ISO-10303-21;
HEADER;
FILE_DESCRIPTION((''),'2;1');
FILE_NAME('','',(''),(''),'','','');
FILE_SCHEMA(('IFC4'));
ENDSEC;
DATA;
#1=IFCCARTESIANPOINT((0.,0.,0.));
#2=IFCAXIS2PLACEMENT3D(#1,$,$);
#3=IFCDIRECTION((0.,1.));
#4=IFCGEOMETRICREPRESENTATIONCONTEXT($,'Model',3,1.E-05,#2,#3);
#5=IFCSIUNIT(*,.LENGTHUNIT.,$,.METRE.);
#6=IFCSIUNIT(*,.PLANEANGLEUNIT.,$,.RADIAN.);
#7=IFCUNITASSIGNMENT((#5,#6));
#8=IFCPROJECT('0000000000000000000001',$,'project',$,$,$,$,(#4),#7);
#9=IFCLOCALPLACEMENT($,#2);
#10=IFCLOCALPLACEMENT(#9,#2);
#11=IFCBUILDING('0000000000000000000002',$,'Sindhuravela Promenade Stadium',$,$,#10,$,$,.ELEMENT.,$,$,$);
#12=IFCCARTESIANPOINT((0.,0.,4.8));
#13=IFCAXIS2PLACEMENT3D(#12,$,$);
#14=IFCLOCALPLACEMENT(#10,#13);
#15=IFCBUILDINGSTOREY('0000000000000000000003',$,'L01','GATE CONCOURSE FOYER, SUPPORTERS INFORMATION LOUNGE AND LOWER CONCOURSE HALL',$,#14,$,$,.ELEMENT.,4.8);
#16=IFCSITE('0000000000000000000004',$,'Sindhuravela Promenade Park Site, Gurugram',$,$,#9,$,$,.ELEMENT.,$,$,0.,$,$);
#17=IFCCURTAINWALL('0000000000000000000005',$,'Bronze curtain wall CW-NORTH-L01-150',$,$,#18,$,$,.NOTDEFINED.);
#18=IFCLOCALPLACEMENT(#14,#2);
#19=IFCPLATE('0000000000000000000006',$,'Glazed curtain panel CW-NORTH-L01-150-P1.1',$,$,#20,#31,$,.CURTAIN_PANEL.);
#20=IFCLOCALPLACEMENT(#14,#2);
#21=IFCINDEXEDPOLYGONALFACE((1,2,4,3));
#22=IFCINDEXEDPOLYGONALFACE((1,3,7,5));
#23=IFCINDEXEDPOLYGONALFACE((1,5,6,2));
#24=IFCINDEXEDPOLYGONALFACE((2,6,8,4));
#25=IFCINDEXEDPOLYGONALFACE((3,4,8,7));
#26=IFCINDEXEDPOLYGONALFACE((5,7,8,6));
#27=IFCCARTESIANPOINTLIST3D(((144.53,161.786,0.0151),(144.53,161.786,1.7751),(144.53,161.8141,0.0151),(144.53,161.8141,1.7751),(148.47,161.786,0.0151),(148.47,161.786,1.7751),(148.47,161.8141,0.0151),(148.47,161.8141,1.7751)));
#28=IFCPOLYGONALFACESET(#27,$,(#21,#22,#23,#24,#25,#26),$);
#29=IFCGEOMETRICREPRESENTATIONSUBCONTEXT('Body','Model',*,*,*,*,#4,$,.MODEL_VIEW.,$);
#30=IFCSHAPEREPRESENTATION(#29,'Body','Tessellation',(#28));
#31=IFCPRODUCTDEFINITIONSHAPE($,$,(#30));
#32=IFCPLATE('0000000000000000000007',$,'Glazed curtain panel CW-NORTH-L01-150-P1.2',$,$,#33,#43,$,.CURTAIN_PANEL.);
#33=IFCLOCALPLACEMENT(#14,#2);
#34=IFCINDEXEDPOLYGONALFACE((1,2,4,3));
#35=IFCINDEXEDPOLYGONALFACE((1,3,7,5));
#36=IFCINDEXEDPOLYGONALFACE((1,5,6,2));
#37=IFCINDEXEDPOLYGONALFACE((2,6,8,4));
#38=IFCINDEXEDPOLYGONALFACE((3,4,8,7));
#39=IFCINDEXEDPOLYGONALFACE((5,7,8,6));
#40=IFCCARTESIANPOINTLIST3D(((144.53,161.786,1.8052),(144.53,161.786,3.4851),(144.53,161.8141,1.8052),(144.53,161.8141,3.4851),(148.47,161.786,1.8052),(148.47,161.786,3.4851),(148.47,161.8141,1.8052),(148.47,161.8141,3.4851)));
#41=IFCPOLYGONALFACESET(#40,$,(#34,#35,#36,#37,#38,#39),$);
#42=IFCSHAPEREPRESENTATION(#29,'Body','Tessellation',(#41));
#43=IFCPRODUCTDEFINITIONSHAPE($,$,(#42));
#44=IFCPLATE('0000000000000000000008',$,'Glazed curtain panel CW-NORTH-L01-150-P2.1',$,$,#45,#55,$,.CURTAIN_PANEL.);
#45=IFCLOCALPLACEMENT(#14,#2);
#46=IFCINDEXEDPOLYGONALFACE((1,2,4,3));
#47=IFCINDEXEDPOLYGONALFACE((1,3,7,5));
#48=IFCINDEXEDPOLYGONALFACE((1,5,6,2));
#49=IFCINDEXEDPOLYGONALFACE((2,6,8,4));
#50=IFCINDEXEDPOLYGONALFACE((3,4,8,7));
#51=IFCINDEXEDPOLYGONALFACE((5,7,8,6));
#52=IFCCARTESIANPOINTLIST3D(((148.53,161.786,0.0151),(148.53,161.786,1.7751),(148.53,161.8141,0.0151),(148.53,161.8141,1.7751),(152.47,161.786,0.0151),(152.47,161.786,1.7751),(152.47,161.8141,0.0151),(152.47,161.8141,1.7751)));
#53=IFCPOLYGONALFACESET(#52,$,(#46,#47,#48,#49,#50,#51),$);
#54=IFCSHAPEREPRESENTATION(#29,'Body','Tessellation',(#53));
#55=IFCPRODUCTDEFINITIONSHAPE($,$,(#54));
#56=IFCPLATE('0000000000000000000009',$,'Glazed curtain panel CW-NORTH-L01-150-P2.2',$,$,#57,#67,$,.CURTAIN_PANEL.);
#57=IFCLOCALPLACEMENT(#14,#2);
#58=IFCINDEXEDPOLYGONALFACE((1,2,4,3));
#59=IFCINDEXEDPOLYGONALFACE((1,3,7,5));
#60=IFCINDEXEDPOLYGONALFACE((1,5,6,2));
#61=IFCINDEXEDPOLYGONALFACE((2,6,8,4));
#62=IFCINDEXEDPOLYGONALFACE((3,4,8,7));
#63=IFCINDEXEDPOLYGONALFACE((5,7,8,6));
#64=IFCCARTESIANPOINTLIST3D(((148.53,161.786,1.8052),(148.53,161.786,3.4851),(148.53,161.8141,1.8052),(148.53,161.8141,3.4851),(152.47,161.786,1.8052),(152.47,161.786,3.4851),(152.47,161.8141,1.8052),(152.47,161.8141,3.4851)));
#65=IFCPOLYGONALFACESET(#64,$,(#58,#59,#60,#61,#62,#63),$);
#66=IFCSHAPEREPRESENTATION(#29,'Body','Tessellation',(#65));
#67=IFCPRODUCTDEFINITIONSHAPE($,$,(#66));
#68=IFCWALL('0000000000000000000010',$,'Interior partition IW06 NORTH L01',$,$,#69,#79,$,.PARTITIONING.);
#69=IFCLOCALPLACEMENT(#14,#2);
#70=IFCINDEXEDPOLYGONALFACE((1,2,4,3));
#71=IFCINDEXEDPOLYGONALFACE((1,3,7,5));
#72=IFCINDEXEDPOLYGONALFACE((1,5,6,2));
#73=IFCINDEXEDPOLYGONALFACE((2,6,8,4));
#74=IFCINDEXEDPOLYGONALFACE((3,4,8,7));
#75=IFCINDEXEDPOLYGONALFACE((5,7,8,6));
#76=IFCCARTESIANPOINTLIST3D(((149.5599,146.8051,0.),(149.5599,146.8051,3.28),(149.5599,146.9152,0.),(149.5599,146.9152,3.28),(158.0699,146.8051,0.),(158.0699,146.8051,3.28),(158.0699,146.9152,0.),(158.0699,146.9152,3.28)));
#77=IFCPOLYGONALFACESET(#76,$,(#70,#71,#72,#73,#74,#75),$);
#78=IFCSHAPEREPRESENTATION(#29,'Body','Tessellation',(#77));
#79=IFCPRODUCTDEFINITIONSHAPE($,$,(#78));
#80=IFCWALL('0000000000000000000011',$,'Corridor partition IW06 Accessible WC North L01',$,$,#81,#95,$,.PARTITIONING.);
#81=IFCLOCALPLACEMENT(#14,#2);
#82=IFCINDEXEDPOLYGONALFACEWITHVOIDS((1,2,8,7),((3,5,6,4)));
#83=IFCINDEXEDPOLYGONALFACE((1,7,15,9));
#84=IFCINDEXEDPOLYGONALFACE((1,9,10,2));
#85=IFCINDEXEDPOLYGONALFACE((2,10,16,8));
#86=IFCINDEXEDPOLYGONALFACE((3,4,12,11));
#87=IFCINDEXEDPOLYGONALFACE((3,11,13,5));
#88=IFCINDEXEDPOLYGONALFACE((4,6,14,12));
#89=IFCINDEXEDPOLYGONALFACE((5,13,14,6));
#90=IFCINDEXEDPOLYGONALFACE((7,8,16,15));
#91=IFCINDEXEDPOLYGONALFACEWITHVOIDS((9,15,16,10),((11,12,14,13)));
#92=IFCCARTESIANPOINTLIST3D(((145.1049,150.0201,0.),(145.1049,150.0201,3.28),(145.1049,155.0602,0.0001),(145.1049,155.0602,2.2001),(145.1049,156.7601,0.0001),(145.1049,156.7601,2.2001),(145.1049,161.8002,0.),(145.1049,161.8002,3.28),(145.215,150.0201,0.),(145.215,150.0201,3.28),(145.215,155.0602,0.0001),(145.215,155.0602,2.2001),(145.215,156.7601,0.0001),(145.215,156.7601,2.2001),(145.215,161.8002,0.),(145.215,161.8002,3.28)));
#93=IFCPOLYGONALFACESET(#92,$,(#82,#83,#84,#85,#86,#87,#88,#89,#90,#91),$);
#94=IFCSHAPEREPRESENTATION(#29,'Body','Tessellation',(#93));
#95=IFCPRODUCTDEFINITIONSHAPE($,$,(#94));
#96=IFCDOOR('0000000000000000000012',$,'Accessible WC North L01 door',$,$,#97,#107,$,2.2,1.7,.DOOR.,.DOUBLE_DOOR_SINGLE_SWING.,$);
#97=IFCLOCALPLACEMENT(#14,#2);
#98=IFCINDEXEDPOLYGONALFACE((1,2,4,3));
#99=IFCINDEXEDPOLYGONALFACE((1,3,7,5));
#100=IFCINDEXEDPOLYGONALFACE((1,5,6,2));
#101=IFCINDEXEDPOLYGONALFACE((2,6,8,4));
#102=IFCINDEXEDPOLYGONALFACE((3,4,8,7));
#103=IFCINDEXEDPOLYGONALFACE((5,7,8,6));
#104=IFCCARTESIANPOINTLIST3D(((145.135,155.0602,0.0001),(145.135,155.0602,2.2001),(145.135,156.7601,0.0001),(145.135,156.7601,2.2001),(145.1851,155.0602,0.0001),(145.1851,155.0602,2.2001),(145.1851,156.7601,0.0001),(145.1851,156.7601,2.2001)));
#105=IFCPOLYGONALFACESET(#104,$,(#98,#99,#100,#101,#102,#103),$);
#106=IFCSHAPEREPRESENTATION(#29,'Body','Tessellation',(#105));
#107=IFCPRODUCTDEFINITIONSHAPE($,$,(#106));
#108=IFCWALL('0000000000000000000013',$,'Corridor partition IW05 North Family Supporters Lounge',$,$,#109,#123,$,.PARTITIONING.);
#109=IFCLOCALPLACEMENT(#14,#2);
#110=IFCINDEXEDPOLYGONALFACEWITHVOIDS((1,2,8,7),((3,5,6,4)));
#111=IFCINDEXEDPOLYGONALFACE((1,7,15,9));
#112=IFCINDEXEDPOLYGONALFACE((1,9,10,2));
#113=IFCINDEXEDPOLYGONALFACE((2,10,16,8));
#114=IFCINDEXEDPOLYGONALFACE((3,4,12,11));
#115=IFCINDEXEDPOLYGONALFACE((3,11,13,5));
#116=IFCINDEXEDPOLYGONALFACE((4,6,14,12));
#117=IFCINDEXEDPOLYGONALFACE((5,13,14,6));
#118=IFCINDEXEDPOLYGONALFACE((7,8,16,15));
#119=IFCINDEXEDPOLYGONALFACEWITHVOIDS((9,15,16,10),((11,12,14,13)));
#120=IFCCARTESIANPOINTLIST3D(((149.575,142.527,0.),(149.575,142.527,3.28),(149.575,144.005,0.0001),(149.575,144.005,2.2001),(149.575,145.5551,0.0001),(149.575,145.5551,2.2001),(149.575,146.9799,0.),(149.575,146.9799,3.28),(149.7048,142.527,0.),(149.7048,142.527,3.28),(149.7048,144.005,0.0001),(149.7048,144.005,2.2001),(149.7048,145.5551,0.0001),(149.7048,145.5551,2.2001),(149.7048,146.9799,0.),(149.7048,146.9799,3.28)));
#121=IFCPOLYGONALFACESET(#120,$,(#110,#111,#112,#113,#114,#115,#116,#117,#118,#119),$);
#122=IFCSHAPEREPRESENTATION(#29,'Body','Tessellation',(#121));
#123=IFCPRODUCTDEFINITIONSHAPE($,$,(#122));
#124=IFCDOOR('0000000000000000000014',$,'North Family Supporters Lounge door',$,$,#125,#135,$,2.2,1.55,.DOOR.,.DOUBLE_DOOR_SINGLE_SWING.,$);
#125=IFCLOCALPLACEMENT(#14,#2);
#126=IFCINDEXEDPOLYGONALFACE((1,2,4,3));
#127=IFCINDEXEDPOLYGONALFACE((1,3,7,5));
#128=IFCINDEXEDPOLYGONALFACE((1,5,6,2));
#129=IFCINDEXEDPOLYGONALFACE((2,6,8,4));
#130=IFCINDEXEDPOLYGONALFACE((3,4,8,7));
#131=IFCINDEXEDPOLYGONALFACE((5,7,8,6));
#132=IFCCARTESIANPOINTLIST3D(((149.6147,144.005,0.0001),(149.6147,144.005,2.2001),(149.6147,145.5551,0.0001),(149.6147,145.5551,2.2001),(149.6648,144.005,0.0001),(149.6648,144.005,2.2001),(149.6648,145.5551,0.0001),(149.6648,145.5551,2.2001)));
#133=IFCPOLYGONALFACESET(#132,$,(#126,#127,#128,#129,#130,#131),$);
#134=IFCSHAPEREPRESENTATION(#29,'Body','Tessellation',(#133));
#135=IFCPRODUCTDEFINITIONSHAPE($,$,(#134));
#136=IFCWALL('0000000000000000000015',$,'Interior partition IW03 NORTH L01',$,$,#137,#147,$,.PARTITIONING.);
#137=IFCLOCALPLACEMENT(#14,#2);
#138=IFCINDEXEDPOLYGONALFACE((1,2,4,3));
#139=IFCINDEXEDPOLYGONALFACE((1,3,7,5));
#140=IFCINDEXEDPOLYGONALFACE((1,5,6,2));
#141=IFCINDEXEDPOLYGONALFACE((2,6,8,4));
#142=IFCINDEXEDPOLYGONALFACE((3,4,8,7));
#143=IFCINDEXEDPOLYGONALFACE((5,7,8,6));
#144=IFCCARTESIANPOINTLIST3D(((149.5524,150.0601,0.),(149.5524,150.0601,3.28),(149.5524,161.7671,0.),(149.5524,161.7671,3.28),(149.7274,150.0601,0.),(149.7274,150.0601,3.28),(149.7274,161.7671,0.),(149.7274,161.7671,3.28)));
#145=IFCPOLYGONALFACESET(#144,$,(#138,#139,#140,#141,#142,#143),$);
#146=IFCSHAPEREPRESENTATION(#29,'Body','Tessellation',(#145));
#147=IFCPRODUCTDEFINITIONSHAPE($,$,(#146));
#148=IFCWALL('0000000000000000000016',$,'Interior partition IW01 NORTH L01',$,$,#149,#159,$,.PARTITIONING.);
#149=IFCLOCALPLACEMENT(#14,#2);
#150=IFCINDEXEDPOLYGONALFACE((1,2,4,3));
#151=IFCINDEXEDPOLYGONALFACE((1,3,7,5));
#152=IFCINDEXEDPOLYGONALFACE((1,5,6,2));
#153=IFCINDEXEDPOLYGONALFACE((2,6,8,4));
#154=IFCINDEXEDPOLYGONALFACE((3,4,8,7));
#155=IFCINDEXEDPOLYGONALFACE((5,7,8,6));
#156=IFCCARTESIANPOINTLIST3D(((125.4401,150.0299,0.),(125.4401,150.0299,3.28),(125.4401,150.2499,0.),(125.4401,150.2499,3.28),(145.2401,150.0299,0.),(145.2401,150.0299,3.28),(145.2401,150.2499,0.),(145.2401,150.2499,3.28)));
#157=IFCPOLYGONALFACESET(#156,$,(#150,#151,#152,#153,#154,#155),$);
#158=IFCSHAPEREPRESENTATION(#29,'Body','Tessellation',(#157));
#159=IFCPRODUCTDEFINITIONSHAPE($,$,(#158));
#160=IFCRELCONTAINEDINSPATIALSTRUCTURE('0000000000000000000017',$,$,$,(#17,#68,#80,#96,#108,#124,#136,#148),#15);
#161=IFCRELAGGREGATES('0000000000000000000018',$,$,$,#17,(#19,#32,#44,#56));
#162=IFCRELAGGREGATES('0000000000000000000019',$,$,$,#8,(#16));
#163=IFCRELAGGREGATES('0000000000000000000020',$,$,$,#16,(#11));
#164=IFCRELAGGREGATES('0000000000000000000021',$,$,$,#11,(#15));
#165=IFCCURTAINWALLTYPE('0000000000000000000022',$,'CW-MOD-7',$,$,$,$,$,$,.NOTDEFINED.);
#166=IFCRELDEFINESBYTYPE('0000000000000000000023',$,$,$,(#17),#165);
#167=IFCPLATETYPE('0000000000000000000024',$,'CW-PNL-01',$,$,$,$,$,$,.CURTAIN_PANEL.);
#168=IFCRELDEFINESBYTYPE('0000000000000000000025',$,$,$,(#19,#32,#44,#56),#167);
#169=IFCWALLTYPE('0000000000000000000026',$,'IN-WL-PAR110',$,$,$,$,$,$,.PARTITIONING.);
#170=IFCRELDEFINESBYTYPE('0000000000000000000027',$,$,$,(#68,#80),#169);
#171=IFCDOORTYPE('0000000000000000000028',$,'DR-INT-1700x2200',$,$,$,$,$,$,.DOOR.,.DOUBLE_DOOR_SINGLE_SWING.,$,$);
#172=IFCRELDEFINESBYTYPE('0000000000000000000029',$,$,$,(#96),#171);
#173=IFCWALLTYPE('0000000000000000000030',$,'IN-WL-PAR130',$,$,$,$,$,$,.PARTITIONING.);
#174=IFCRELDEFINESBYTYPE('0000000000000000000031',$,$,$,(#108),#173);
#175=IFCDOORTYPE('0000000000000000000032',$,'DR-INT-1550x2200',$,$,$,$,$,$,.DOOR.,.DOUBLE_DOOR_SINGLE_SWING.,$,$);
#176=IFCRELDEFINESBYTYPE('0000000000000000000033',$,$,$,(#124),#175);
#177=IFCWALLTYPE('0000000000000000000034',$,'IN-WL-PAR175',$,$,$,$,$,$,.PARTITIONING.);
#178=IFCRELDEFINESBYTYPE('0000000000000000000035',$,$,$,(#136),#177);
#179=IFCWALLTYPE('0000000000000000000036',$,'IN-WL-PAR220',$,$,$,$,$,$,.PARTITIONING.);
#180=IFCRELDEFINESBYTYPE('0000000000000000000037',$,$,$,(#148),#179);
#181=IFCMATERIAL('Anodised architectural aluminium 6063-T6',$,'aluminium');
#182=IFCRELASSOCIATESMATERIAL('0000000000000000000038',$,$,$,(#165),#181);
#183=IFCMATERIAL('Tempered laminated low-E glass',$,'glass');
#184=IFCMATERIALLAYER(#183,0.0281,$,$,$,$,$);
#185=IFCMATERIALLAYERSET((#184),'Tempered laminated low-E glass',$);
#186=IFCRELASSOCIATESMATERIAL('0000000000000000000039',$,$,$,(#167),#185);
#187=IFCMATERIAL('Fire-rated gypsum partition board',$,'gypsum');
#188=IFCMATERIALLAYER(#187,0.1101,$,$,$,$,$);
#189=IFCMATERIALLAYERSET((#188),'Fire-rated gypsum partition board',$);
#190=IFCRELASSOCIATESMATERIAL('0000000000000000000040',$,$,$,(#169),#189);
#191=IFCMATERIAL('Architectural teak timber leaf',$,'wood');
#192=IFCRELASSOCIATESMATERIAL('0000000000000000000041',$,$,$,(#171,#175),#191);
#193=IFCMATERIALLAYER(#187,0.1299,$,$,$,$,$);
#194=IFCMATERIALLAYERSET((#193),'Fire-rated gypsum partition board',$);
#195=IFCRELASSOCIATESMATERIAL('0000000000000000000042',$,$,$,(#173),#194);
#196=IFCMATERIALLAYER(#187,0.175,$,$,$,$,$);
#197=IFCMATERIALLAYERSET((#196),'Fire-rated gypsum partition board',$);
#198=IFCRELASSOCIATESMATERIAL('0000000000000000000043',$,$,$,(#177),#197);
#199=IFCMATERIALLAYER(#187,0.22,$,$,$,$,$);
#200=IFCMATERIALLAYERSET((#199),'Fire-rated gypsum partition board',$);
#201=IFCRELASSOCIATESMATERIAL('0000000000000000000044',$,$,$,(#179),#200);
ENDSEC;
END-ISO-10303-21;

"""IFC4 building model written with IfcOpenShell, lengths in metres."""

from ifc_helpers import new_model, si_unit, direction, frame, frame_2d, origin, origin_2d, place, context, subcontext, project, spatial, rectangle, extrude, material, layer, layer_set, type_object, element, fill, aggregate, save


model = new_model("IFC4")

# Units and contexts
model_context = context("Model", 3, precision=1e-05, world=origin(), true_north=direction((0.0, 1.0)))
body_context = subcontext(model_context, "Body", "Model", "MODEL_VIEW")
ifc_project = project(units=[si_unit("LENGTHUNIT", "METRE"), si_unit("PLANEANGLEUNIT", "RADIAN")], contexts=[model_context])

# Site, building, storey
site_placement = place(None, origin())
site = spatial("IfcSite", under=ifc_project, at=site_placement, Name="Sindhuravela Promenade Park Site, Gurugram", CompositionType="ELEMENT", RefElevation=0.0)
building_placement = place(site_placement, origin())
building = spatial("IfcBuilding", under=site, at=building_placement, Name="Sindhuravela Promenade Stadium", CompositionType="ELEMENT")
storey_placement = place(building_placement, frame((0.0, 0.0, 4.8)))
storey = spatial("IfcBuildingStorey", under=building, at=storey_placement, Name="L01", Description="GATE CONCOURSE FOYER, SUPPORTERS INFORMATION LOUNGE AND LOWER CONCOURSE HALL", CompositionType="ELEMENT", Elevation=4.8)

# Curtain wall
ifc_material_1 = material(Name="Anodised architectural aluminium 6063-T6", Category="aluminium")
curtain_wall_type_1 = type_object("IfcCurtainWallType", Name="CW-MOD-7", PredefinedType="NOTDEFINED", material=ifc_material_1)
curtain_wall_1_placement = place(storey_placement, origin())
curtain_wall_1 = element("IfcCurtainWall", 1, at=curtain_wall_1_placement, inside=storey, type_object=curtain_wall_type_1, Name="Bronze curtain wall CW-NORTH-L01-150", PredefinedType="NOTDEFINED")

# Plates
ifc_material_2 = material(Name="Tempered laminated low-E glass", Category="glass")
ifc_layer_1 = layer(ifc_material_2, 0.0281)
ifc_layer_set_1 = layer_set([ifc_layer_1], Name="Tempered laminated low-E glass")
plate_type_1 = type_object("IfcPlateType", Name="CW-PNL-01", PredefinedType="CURTAIN_PANEL", material=ifc_layer_set_1)
plate_1_placement = place(storey_placement, frame((146.5, 161.8, 0.0151), z_axis=(0.0, 0.0, 1.0), x_axis=(1.0, 0.0, 0.0)))
plate_1 = element("IfcPlate", 2, at=plate_1_placement, type_object=plate_type_1, Name="Glazed curtain panel CW-NORTH-L01-150-P1.1", PredefinedType="CURTAIN_PANEL", context=body_context, shape_type="SweptSolid", body=[
    extrude(rectangle(XDim=3.9399, YDim=0.0281, at=origin_2d()), origin(), (0.0, 0.0, 1.0), 1.76),
])
plate_2_placement = place(storey_placement, frame((146.5, 161.8, 1.8052), z_axis=(0.0, 0.0, 1.0), x_axis=(1.0, 0.0, 0.0)))
plate_2 = element("IfcPlate", 3, at=plate_2_placement, type_object=plate_type_1, Name="Glazed curtain panel CW-NORTH-L01-150-P1.2", PredefinedType="CURTAIN_PANEL", context=body_context, shape_type="SweptSolid", body=[
    extrude(rectangle(XDim=3.9399, YDim=0.0281, at=origin_2d()), origin(), (0.0, 0.0, 1.0), 1.6799),
])
plate_3_placement = place(storey_placement, frame((150.5, 161.8, 0.0151), z_axis=(0.0, 0.0, 1.0), x_axis=(1.0, 0.0, 0.0)))
plate_3 = element("IfcPlate", 4, at=plate_3_placement, type_object=plate_type_1, Name="Glazed curtain panel CW-NORTH-L01-150-P2.1", PredefinedType="CURTAIN_PANEL", context=body_context, shape_type="SweptSolid", body=[
    extrude(rectangle(XDim=3.9399, YDim=0.0281, at=origin_2d()), origin(), (0.0, 0.0, 1.0), 1.76),
])
plate_4_placement = place(storey_placement, frame((150.5, 161.8, 1.8052), z_axis=(0.0, 0.0, 1.0), x_axis=(1.0, 0.0, 0.0)))
plate_4 = element("IfcPlate", 5, at=plate_4_placement, type_object=plate_type_1, Name="Glazed curtain panel CW-NORTH-L01-150-P2.2", PredefinedType="CURTAIN_PANEL", context=body_context, shape_type="SweptSolid", body=[
    extrude(rectangle(XDim=3.9399, YDim=0.0281, at=origin_2d()), origin(), (0.0, 0.0, 1.0), 1.6799),
])
aggregate(curtain_wall_1, [plate_1, plate_2, plate_3, plate_4])

# Wall
ifc_material_3 = material(Name="Fire-rated gypsum partition board", Category="gypsum")
ifc_layer_2 = layer(ifc_material_3, 0.1101)
ifc_layer_set_2 = layer_set([ifc_layer_2], Name="Fire-rated gypsum partition board")
wall_type_1 = type_object("IfcWallType", Name="IN-WL-PAR110", PredefinedType="PARTITIONING", material=ifc_layer_set_2)
wall_1_placement = place(storey_placement, frame((149.5601, 146.8601, 0.0), z_axis=(0.0, 0.0, 1.0), x_axis=(1.0, 0.0, 0.0)))
element("IfcWall", 6, at=wall_1_placement, inside=storey, type_object=wall_type_1, Name="Interior partition IW06 NORTH L01", PredefinedType="PARTITIONING", context=body_context, shape_type="SweptSolid", body=[
    extrude(rectangle(XDim=8.51, YDim=0.1101, at=frame_2d((4.2549, 0.0))), origin(), (0.0, 0.0, 1.0), 3.28),
])

# Walls, openings, doors
wall_2_placement = place(storey_placement, frame((145.1599, 150.02, 0.0), z_axis=(0.0, 0.0, 1.0), x_axis=(0.0, 1.0, 0.0)))
wall_2 = element("IfcWall", 7, at=wall_2_placement, inside=storey, type_object=wall_type_1, Name="Corridor partition IW06 Accessible WC North L01", PredefinedType="PARTITIONING", context=body_context, shape_type="SweptSolid", body=[
    extrude(rectangle(XDim=11.78, YDim=0.1101, at=frame_2d((5.8901, 0.0))), origin(), (0.0, 0.0, 1.0), 3.28),
])
opening_1_placement = place(wall_2_placement, frame((5.04, 0.0, 0.0)))
opening_1 = element("IfcOpeningElement", 8, at=opening_1_placement, cuts=wall_2, PredefinedType="OPENING", context=body_context, shape_type="SweptSolid", body=[
    extrude(rectangle(XDim=1.7, YDim=2.2, at=frame_2d((0.8501, 1.1001))), frame((0.0, 0.0649, 0.0), z_axis=(0.0, -1.0, 0.0), x_axis=(1.0, 0.0, 0.0)), (0.0, 0.0, 1.0), 0.1301),
])
ifc_material_4 = material(Name="Architectural teak timber leaf", Category="wood")
door_type_1 = type_object("IfcDoorType", Name="DR-INT-1700x2200", OperationType="DOUBLE_DOOR_SINGLE_SWING", PredefinedType="DOOR", material=ifc_material_4)
door_1_placement = place(opening_1_placement, origin())
door_1 = element("IfcDoor", 9, at=door_1_placement, inside=storey, type_object=door_type_1, Name="Accessible WC North L01 door", OperationType="DOUBLE_DOOR_SINGLE_SWING", OverallHeight=2.2, OverallWidth=1.7, PredefinedType="DOOR", context=body_context, shape_type="SweptSolid", body=[
    extrude(rectangle(XDim=1.7, YDim=2.2, at=frame_2d((0.8501, 1.1001))), frame((0.0, 0.0249, 0.0), z_axis=(0.0, -1.0, 0.0), x_axis=(1.0, 0.0, 0.0)), (0.0, 0.0, 1.0), 0.05),
])
fill(opening_1, door_1)
ifc_layer_3 = layer(ifc_material_3, 0.1299)
ifc_layer_set_3 = layer_set([ifc_layer_3], Name="Fire-rated gypsum partition board")
wall_type_2 = type_object("IfcWallType", Name="IN-WL-PAR130", PredefinedType="PARTITIONING", material=ifc_layer_set_3)
wall_3_placement = place(storey_placement, frame((149.6399, 146.98, 0.0), z_axis=(0.0, 0.0, 1.0), x_axis=(0.0, -1.0, 0.0)))
wall_3 = element("IfcWall", 10, at=wall_3_placement, inside=storey, type_object=wall_type_2, Name="Corridor partition IW05 North Family Supporters Lounge", PredefinedType="PARTITIONING", context=body_context, shape_type="SweptSolid", body=[
    extrude(rectangle(XDim=4.4529, YDim=0.1299, at=frame_2d((2.2266, 0.0))), origin(), (0.0, 0.0, 1.0), 3.28),
])
opening_2_placement = place(wall_3_placement, frame((1.425, 0.0, 0.0)))
opening_2 = element("IfcOpeningElement", 11, at=opening_2_placement, cuts=wall_3, PredefinedType="OPENING", context=body_context, shape_type="SweptSolid", body=[
    extrude(rectangle(XDim=1.55, YDim=2.2, at=frame_2d((0.7749, 1.1001))), frame((0.0, 0.075, 0.0), z_axis=(0.0, -1.0, 0.0), x_axis=(1.0, 0.0, 0.0)), (0.0, 0.0, 1.0), 0.1499),
])
door_type_2 = type_object("IfcDoorType", Name="DR-INT-1550x2200", OperationType="DOUBLE_DOOR_SINGLE_SWING", PredefinedType="DOOR", material=ifc_material_4)
door_2_placement = place(opening_2_placement, origin())
door_2 = element("IfcDoor", 12, at=door_2_placement, inside=storey, type_object=door_type_2, Name="North Family Supporters Lounge door", OperationType="DOUBLE_DOOR_SINGLE_SWING", OverallHeight=2.2, OverallWidth=1.55, PredefinedType="DOOR", context=body_context, shape_type="SweptSolid", body=[
    extrude(rectangle(XDim=1.55, YDim=2.2, at=frame_2d((0.7749, 1.1001))), frame((0.0, 0.0249, 0.0), z_axis=(0.0, -1.0, 0.0), x_axis=(1.0, 0.0, 0.0)), (0.0, 0.0, 1.0), 0.05),
])
fill(opening_2, door_2)

# Walls
ifc_layer_4 = layer(ifc_material_3, 0.175)
ifc_layer_set_4 = layer_set([ifc_layer_4], Name="Fire-rated gypsum partition board")
wall_type_3 = type_object("IfcWallType", Name="IN-WL-PAR175", PredefinedType="PARTITIONING", material=ifc_layer_set_4)
wall_4_placement = place(storey_placement, frame((149.6399, 150.0601, 0.0), z_axis=(0.0, 0.0, 1.0), x_axis=(0.0, 1.0, 0.0)))
element("IfcWall", 13, at=wall_4_placement, inside=storey, type_object=wall_type_3, Name="Interior partition IW03 NORTH L01", PredefinedType="PARTITIONING", context=body_context, shape_type="SweptSolid", body=[
    extrude(rectangle(XDim=11.707, YDim=0.175, at=frame_2d((5.8535, 0.0))), origin(), (0.0, 0.0, 1.0), 3.28),
])
ifc_layer_5 = layer(ifc_material_3, 0.22)
ifc_layer_set_5 = layer_set([ifc_layer_5], Name="Fire-rated gypsum partition board")
wall_type_4 = type_object("IfcWallType", Name="IN-WL-PAR220", PredefinedType="PARTITIONING", material=ifc_layer_set_5)
wall_5_placement = place(storey_placement, frame((145.24, 150.1399, 0.0), z_axis=(0.0, 0.0, 1.0), x_axis=(-1.0, 0.0, 0.0)))
element("IfcWall", 14, at=wall_5_placement, inside=storey, type_object=wall_type_4, Name="Interior partition IW01 NORTH L01", PredefinedType="PARTITIONING", context=body_context, shape_type="SweptSolid", body=[
    extrude(rectangle(XDim=19.8, YDim=0.22, at=frame_2d((9.8999, 0.0))), origin(), (0.0, 0.0, 1.0), 3.28),
])

save(model, "model.ifc")
